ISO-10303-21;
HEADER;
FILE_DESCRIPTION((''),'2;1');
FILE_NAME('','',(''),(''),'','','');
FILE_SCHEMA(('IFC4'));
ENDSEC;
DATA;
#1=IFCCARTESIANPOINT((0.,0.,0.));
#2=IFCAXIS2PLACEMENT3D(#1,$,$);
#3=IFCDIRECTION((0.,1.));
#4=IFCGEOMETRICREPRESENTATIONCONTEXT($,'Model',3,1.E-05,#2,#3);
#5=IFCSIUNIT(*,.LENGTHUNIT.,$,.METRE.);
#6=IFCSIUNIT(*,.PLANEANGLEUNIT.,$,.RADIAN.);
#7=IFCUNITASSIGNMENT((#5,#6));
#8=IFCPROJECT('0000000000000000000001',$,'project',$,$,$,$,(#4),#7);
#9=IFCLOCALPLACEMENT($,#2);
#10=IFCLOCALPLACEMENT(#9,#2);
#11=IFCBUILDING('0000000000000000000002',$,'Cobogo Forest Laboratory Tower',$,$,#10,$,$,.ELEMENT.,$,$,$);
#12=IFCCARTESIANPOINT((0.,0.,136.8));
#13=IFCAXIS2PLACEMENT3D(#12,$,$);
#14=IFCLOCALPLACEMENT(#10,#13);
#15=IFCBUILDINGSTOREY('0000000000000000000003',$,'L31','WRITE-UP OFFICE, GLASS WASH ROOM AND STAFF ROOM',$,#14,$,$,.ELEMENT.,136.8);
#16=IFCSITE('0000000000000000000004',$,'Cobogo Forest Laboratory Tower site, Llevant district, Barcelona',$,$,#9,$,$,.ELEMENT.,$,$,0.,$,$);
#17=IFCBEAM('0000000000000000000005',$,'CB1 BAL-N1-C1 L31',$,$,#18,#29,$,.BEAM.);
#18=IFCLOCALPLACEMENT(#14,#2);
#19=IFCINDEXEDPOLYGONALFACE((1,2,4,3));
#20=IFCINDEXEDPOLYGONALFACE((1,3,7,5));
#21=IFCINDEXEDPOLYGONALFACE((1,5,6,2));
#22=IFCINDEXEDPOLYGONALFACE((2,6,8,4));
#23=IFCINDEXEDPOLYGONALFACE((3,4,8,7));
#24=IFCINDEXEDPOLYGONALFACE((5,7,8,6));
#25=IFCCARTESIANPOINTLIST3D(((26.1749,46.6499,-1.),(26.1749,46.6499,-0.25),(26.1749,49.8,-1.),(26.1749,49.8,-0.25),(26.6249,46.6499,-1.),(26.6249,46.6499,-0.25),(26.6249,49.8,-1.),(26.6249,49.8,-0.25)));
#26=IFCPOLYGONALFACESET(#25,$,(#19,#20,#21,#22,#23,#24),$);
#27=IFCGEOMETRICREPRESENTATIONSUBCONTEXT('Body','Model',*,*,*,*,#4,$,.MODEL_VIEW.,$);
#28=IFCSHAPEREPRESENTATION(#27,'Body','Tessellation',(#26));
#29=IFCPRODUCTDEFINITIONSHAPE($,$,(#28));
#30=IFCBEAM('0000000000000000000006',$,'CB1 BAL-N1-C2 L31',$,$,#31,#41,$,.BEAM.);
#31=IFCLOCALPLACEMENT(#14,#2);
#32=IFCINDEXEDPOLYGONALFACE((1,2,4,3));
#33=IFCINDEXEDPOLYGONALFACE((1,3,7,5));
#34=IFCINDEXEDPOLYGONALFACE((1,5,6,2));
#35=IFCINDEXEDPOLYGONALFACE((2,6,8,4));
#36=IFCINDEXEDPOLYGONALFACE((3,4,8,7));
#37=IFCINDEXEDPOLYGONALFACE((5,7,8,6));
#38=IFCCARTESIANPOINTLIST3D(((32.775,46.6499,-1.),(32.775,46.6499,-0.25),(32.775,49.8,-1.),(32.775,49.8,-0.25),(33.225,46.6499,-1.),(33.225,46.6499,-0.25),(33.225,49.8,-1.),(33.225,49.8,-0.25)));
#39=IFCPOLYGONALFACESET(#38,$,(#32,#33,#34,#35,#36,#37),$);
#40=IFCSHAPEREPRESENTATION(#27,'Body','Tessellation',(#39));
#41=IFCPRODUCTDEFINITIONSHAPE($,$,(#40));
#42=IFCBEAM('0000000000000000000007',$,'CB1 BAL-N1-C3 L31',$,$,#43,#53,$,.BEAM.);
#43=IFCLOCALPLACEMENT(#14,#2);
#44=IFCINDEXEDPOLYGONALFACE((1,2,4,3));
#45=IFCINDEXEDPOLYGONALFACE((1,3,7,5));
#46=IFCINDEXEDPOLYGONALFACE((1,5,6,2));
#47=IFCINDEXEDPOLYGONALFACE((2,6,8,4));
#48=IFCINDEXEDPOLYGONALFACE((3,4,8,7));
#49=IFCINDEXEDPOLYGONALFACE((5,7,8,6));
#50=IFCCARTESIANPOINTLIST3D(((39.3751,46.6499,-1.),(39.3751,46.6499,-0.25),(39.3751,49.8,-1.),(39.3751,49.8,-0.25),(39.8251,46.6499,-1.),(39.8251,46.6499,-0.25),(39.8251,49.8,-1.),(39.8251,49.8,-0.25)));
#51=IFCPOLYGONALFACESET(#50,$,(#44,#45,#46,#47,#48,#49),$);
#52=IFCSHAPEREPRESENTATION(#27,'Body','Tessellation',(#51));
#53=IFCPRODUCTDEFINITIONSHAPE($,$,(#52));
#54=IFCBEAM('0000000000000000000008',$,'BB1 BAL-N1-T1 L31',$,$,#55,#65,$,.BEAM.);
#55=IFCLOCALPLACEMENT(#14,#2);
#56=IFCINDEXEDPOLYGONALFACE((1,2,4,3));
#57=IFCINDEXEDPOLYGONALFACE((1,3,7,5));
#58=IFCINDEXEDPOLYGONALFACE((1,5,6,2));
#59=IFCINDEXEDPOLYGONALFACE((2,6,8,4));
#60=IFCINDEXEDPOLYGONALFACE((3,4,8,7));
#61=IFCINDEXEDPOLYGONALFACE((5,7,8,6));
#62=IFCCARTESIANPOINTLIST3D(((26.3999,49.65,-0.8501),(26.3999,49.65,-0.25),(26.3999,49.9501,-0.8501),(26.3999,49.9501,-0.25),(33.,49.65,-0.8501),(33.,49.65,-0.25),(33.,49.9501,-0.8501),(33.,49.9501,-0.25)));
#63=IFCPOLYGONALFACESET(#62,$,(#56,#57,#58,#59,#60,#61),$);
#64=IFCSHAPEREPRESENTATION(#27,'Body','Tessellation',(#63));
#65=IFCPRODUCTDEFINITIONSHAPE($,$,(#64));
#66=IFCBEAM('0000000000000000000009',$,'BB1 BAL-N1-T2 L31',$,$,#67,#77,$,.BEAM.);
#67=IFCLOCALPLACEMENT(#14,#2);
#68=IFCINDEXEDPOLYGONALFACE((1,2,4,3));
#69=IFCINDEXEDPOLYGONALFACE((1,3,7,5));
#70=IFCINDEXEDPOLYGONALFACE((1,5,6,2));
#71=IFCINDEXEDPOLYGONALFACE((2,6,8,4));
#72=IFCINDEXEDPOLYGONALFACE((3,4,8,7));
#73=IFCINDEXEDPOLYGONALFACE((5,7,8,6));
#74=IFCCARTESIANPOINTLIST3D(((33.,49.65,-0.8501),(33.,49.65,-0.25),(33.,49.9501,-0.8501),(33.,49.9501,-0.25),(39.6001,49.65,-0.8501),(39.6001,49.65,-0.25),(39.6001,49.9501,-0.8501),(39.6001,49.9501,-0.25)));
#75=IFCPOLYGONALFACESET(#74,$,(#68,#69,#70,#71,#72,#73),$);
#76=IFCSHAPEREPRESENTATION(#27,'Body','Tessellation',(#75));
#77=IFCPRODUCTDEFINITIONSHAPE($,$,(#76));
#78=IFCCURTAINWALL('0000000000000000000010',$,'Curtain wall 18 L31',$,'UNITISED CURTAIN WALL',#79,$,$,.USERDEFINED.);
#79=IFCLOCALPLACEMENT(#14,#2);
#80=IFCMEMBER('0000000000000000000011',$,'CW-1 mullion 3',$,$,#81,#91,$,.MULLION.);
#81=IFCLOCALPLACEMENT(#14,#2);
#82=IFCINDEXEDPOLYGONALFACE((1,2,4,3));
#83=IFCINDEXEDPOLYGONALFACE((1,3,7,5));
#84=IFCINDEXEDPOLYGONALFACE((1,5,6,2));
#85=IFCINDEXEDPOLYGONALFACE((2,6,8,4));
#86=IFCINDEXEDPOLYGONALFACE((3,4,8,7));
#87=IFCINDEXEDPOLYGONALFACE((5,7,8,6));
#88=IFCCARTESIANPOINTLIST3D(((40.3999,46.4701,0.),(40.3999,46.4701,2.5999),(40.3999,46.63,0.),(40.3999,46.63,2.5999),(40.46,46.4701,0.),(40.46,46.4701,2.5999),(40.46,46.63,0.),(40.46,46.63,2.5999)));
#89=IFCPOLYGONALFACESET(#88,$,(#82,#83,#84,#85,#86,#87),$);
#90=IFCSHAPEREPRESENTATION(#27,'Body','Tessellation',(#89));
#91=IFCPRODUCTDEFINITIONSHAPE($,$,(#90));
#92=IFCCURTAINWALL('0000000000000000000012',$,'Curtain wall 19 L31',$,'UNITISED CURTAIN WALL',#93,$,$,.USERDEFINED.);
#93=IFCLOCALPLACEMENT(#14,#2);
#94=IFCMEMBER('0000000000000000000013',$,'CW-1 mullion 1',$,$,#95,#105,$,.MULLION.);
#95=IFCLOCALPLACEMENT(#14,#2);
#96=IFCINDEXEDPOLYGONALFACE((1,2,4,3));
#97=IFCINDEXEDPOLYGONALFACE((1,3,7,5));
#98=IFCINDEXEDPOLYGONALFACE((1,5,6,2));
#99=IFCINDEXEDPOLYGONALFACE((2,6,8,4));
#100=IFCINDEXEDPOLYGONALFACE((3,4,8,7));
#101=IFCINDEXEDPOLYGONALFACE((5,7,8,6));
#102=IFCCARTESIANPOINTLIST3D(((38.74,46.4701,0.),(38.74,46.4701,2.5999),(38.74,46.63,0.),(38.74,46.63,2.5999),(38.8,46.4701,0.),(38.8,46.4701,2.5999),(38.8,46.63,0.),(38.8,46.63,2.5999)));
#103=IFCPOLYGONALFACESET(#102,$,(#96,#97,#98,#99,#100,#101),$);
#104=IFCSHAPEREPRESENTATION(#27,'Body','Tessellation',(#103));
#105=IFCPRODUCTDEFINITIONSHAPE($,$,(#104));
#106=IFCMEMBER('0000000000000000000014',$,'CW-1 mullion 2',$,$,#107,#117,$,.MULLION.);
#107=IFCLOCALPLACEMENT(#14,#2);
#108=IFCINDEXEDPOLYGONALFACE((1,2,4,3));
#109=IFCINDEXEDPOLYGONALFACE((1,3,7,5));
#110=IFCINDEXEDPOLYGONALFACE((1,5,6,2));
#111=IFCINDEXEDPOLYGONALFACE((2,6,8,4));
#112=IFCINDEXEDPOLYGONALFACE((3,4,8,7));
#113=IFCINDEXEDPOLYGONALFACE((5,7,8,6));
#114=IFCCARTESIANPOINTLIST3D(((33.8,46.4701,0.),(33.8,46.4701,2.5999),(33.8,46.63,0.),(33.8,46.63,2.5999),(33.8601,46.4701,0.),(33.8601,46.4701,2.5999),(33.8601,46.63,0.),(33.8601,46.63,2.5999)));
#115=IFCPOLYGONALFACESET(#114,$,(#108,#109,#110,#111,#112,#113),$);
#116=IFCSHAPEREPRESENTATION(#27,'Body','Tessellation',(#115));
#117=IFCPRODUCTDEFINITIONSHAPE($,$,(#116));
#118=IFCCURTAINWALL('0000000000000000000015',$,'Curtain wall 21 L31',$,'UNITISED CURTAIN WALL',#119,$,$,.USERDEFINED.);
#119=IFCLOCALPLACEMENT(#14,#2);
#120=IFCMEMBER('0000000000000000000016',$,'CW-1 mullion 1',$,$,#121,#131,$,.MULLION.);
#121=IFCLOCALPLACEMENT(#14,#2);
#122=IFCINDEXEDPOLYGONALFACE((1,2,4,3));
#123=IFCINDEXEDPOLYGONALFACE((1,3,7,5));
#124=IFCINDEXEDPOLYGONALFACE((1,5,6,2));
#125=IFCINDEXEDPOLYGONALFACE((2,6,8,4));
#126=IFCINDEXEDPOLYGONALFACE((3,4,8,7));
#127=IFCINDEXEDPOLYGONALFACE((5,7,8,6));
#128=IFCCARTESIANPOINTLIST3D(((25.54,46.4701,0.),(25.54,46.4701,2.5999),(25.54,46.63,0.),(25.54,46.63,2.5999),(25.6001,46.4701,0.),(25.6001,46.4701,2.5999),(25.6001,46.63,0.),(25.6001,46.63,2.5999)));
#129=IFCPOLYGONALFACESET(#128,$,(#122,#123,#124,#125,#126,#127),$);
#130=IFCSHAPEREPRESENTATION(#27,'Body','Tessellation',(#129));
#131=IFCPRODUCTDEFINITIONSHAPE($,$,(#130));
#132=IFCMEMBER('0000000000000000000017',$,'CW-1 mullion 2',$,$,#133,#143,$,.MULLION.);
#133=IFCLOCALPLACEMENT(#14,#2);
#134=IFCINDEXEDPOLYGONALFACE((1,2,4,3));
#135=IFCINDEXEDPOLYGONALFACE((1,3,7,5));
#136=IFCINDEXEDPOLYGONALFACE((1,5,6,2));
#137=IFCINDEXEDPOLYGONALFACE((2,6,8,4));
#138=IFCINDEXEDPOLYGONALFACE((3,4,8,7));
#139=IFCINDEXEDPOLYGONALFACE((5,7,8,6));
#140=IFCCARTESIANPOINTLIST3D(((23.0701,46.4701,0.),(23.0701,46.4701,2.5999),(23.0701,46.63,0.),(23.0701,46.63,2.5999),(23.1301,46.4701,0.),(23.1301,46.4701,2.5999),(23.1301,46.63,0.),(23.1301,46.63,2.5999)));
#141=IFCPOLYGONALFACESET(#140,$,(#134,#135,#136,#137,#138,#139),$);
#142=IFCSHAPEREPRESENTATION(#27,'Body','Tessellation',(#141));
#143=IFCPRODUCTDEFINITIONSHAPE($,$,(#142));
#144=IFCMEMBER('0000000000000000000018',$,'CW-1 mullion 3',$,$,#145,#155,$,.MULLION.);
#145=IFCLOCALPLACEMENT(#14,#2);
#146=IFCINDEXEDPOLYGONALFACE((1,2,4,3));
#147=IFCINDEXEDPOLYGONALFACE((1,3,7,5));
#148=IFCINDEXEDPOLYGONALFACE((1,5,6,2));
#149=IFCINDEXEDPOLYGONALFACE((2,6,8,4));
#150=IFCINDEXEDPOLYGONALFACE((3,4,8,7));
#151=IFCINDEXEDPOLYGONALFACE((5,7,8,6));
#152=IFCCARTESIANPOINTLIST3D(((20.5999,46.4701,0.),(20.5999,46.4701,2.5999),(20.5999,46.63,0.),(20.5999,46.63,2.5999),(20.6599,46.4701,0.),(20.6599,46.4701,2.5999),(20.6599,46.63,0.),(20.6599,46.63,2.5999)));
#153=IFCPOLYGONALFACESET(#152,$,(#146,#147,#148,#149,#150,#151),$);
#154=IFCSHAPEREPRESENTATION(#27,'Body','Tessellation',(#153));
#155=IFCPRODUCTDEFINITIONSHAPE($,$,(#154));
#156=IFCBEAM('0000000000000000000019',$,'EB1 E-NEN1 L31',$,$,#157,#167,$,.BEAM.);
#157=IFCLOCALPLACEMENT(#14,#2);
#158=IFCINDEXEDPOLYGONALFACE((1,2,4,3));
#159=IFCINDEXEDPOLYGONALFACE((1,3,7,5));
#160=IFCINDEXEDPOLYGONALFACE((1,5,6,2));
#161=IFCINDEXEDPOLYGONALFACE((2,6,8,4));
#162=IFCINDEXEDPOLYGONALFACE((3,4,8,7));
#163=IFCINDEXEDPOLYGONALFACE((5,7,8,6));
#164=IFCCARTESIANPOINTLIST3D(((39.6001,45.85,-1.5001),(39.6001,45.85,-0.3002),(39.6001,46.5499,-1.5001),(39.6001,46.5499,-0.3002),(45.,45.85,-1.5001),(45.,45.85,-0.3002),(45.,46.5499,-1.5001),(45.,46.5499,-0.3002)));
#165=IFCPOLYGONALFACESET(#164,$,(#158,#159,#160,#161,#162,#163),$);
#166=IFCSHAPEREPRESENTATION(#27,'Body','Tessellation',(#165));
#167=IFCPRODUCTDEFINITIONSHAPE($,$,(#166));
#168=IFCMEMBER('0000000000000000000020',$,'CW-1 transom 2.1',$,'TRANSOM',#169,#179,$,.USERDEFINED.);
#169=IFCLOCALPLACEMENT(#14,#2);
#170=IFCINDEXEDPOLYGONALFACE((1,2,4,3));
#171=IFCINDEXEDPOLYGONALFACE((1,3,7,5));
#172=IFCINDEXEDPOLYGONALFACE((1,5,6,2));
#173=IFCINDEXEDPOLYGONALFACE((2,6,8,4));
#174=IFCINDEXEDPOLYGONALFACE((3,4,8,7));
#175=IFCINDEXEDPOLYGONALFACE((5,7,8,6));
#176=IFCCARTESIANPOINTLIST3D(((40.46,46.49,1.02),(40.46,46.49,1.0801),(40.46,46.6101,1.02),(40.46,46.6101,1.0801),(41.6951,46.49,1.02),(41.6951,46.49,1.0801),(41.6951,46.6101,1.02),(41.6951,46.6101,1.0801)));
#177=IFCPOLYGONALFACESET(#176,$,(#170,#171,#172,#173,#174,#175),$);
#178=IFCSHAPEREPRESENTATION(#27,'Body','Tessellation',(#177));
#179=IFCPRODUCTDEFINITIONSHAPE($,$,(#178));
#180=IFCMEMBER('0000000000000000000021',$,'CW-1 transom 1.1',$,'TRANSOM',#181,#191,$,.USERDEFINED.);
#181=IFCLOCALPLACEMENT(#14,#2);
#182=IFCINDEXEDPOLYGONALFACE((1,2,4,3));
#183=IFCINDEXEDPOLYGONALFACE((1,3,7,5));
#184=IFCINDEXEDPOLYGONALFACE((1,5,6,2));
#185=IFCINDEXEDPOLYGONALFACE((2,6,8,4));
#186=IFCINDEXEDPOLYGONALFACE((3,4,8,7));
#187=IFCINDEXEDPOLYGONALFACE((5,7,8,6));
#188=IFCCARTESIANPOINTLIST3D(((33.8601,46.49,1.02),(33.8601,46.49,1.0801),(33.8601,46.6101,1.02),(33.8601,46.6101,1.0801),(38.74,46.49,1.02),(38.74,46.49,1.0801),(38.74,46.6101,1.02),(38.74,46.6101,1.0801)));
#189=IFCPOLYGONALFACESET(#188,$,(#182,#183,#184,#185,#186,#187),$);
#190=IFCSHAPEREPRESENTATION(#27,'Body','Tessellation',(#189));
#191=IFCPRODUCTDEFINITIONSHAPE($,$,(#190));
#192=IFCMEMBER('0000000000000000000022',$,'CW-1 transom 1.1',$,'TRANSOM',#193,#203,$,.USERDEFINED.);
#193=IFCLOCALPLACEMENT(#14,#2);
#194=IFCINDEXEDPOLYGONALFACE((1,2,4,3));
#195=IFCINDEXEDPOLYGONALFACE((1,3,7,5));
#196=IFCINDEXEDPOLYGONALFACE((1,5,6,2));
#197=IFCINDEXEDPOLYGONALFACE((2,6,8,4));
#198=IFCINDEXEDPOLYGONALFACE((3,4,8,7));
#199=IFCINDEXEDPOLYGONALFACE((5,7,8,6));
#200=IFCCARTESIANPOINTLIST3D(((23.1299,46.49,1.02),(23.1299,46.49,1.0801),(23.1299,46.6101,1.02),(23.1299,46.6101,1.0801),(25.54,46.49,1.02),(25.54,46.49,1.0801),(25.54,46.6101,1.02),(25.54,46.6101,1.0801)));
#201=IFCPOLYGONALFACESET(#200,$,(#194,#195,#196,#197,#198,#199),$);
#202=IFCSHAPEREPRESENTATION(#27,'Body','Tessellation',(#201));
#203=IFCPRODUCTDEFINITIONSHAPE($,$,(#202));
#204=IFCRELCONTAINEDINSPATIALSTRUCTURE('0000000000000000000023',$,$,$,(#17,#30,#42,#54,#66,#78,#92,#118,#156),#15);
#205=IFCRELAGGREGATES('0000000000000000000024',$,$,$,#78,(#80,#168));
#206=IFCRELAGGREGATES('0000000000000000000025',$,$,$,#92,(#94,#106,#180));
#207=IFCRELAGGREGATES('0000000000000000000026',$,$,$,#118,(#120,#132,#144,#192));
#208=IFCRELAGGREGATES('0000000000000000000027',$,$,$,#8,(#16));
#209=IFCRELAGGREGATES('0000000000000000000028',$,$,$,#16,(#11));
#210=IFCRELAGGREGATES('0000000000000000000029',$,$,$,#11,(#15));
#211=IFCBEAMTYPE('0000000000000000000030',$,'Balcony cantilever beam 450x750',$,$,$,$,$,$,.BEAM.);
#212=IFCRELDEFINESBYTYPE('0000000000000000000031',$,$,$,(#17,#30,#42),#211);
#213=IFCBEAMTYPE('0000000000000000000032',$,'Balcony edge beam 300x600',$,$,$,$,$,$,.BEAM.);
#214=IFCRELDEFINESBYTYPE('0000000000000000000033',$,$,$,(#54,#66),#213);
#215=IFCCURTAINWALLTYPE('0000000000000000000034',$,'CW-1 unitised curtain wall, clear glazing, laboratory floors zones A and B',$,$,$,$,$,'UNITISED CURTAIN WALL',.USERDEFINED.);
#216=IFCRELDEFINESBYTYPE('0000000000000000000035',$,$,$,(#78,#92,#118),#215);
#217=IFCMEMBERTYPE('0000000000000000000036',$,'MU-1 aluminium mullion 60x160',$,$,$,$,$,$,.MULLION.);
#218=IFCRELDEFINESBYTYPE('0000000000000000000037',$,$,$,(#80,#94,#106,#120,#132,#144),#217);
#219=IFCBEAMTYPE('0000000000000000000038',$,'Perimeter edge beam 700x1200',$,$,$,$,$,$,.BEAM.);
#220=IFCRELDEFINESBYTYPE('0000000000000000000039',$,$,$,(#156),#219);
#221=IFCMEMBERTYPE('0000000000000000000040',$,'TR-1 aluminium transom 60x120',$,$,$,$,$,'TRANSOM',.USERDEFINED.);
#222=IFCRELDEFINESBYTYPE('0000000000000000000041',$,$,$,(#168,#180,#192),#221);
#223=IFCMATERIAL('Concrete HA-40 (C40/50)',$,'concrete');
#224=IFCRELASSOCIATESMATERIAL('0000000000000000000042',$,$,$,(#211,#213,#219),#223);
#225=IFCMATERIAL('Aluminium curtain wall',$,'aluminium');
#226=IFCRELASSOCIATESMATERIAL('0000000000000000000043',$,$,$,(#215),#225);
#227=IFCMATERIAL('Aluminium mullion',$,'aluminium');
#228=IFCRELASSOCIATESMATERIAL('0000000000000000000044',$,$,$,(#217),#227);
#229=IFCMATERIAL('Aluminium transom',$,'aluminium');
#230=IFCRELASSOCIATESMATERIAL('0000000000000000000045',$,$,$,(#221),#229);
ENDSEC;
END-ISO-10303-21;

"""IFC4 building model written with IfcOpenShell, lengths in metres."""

from ifc_helpers import new_model, si_unit, direction, frame, origin, origin_2d, place, context, subcontext, project, spatial, rectangle, extrude, material, material_profile, profile_set, type_object, element, aggregate, save


model = new_model("IFC4")

# Units and contexts
model_context = context("Model", 3, precision=1e-05, world=origin(), true_north=direction((0.0, 1.0)))
body_context = subcontext(model_context, "Body", "Model", "MODEL_VIEW")
ifc_project = project(units=[si_unit("LENGTHUNIT", "METRE"), si_unit("PLANEANGLEUNIT", "RADIAN")], contexts=[model_context])

# Site, building, storey
site_placement = place(None, origin())
site = spatial("IfcSite", under=ifc_project, at=site_placement, Name="Cobogo Forest Laboratory Tower site, Llevant district, Barcelona", CompositionType="ELEMENT", RefElevation=0.0)
building_placement = place(site_placement, origin())
building = spatial("IfcBuilding", under=site, at=building_placement, Name="Cobogo Forest Laboratory Tower", CompositionType="ELEMENT")
storey_placement = place(building_placement, frame((0.0, 0.0, 136.8)))
storey = spatial("IfcBuildingStorey", under=building, at=storey_placement, Name="L31", Description="WRITE-UP OFFICE, GLASS WASH ROOM AND STAFF ROOM", CompositionType="ELEMENT", Elevation=136.8)

# Beams
ifc_material_1 = material(Name="Concrete HA-40 (C40/50)", Category="concrete")
ifc_material_profile_1 = material_profile(ifc_material_1, rectangle(XDim=0.45, YDim=0.75, at=origin_2d()), Name="RC 450x750")
ifc_profile_set_1 = profile_set([ifc_material_profile_1], Name="Concrete HA-40 (C40/50)")
beam_type_1 = type_object("IfcBeamType", Name="Balcony cantilever beam 450x750", PredefinedType="BEAM", material=ifc_profile_set_1)
for number, where, z_axis, x_axis, name in (
    (1, (26.3999, 46.6499, -0.625), (0.0, 1.0, 0.0), (-1.0, 0.0, 0.0), "CB1 BAL-N1-C1 L31"),
    (2, (33.0, 46.6499, -0.625), (0.0, 1.0, 0.0), (-1.0, 0.0, 0.0), "CB1 BAL-N1-C2 L31"),
    (3, (39.6001, 46.6499, -0.625), (0.0, 1.0, 0.0), (-1.0, 0.0, 0.0), "CB1 BAL-N1-C3 L31"),
):
    element("IfcBeam", number, at=place(storey_placement, frame(where, z_axis=z_axis, x_axis=x_axis)), inside=storey, type_object=beam_type_1, Name=name, PredefinedType="BEAM", context=body_context, shape_type="SweptSolid", body=[
        extrude(rectangle(XDim=0.45, YDim=0.75, at=origin_2d()), origin(), (0.0, 0.0, 1.0), 3.1501),
    ])
ifc_material_profile_2 = material_profile(ifc_material_1, rectangle(XDim=0.3, YDim=0.6001, at=origin_2d()), Name="RC 300x600")
ifc_profile_set_2 = profile_set([ifc_material_profile_2], Name="Concrete HA-40 (C40/50)")
beam_type_2 = type_object("IfcBeamType", Name="Balcony edge beam 300x600", PredefinedType="BEAM", material=ifc_profile_set_2)
for number, where, z_axis, x_axis, name in (
    (4, (26.3999, 49.8, -0.55), (1.0, 0.0, 0.0), (0.0, 1.0, 0.0), "BB1 BAL-N1-T1 L31"),
    (5, (33.0, 49.8, -0.55), (1.0, 0.0, 0.0), (0.0, 1.0, 0.0), "BB1 BAL-N1-T2 L31"),
):
    element("IfcBeam", number, at=place(storey_placement, frame(where, z_axis=z_axis, x_axis=x_axis)), inside=storey, type_object=beam_type_2, Name=name, PredefinedType="BEAM", context=body_context, shape_type="SweptSolid", body=[
        extrude(rectangle(XDim=0.3, YDim=0.6001, at=origin_2d()), origin(), (0.0, 0.0, 1.0), 6.6001),
    ])

# Curtain wall, member
ifc_material_2 = material(Name="Aluminium curtain wall", Category="aluminium")
curtain_wall_type = type_object("IfcCurtainWallType", Name="CW-1 unitised curtain wall, clear glazing, laboratory floors zones A and B", ElementType="UNITISED CURTAIN WALL", PredefinedType="USERDEFINED", material=ifc_material_2)
curtain_wall_1_placement = place(storey_placement, origin())
curtain_wall_1 = element("IfcCurtainWall", 6, at=curtain_wall_1_placement, inside=storey, type_object=curtain_wall_type, Name="Curtain wall 18 L31", ObjectType="UNITISED CURTAIN WALL", PredefinedType="USERDEFINED")
ifc_material_3 = material(Name="Aluminium mullion", Category="aluminium")
ifc_material_profile_3 = material_profile(ifc_material_3, rectangle(XDim=0.0601, YDim=0.1599, at=origin_2d()), Name="AL 60x160")
ifc_profile_set_3 = profile_set([ifc_material_profile_3], Name="Aluminium mullion")
member_type_1 = type_object("IfcMemberType", Name="MU-1 aluminium mullion 60x160", PredefinedType="MULLION", material=ifc_profile_set_3)
member_1_placement = place(storey_placement, frame((40.4299, 46.55, 0.0), z_axis=(0.0, 0.0, 1.0), x_axis=(-1.0, 0.0, 0.0)))
member_1 = element("IfcMember", 7, at=member_1_placement, type_object=member_type_1, Name="CW-1 mullion 3", PredefinedType="MULLION", context=body_context, shape_type="SweptSolid", body=[
    extrude(rectangle(XDim=0.0601, YDim=0.1599, at=origin_2d()), origin(), (0.0, 0.0, 1.0), 2.5999),
])

# Curtain walls, members
curtain_wall_2_placement = place(storey_placement, origin())
curtain_wall_2 = element("IfcCurtainWall", 8, at=curtain_wall_2_placement, inside=storey, type_object=curtain_wall_type, Name="Curtain wall 19 L31", ObjectType="UNITISED CURTAIN WALL", PredefinedType="USERDEFINED")
member_2_placement = place(storey_placement, frame((38.77, 46.55, 0.0), z_axis=(0.0, 0.0, 1.0), x_axis=(-1.0, 0.0, 0.0)))
member_2 = element("IfcMember", 9, at=member_2_placement, type_object=member_type_1, Name="CW-1 mullion 1", PredefinedType="MULLION", context=body_context, shape_type="SweptSolid", body=[
    extrude(rectangle(XDim=0.0601, YDim=0.1599, at=origin_2d()), origin(), (0.0, 0.0, 1.0), 2.5999),
])
member_3_placement = place(storey_placement, frame((33.8301, 46.55, 0.0), z_axis=(0.0, 0.0, 1.0), x_axis=(-1.0, 0.0, 0.0)))
member_3 = element("IfcMember", 10, at=member_3_placement, type_object=member_type_1, Name="CW-1 mullion 2", PredefinedType="MULLION", context=body_context, shape_type="SweptSolid", body=[
    extrude(rectangle(XDim=0.0601, YDim=0.1599, at=origin_2d()), origin(), (0.0, 0.0, 1.0), 2.5999),
])
curtain_wall_3_placement = place(storey_placement, origin())
curtain_wall_3 = element("IfcCurtainWall", 11, at=curtain_wall_3_placement, inside=storey, type_object=curtain_wall_type, Name="Curtain wall 21 L31", ObjectType="UNITISED CURTAIN WALL", PredefinedType="USERDEFINED")
member_4_placement = place(storey_placement, frame((25.5701, 46.55, 0.0), z_axis=(0.0, 0.0, 1.0), x_axis=(-1.0, 0.0, 0.0)))
member_4 = element("IfcMember", 12, at=member_4_placement, type_object=member_type_1, Name="CW-1 mullion 1", PredefinedType="MULLION", context=body_context, shape_type="SweptSolid", body=[
    extrude(rectangle(XDim=0.0601, YDim=0.1599, at=origin_2d()), origin(), (0.0, 0.0, 1.0), 2.5999),
])
member_5_placement = place(storey_placement, frame((23.1001, 46.55, 0.0), z_axis=(0.0, 0.0, 1.0), x_axis=(-1.0, 0.0, 0.0)))
member_5 = element("IfcMember", 13, at=member_5_placement, type_object=member_type_1, Name="CW-1 mullion 2", PredefinedType="MULLION", context=body_context, shape_type="SweptSolid", body=[
    extrude(rectangle(XDim=0.0601, YDim=0.1599, at=origin_2d()), origin(), (0.0, 0.0, 1.0), 2.5999),
])
member_6_placement = place(storey_placement, frame((20.6299, 46.55, 0.0), z_axis=(0.0, 0.0, 1.0), x_axis=(-1.0, 0.0, 0.0)))
member_6 = element("IfcMember", 14, at=member_6_placement, type_object=member_type_1, Name="CW-1 mullion 3", PredefinedType="MULLION", context=body_context, shape_type="SweptSolid", body=[
    extrude(rectangle(XDim=0.0601, YDim=0.1599, at=origin_2d()), origin(), (0.0, 0.0, 1.0), 2.5999),
])

# Beam
ifc_material_profile_4 = material_profile(ifc_material_1, rectangle(XDim=0.7, YDim=1.2, at=origin_2d()), Name="RC 700x1200")
ifc_profile_set_4 = profile_set([ifc_material_profile_4], Name="Concrete HA-40 (C40/50)")
beam_type_3 = type_object("IfcBeamType", Name="Perimeter edge beam 700x1200", PredefinedType="BEAM", material=ifc_profile_set_4)
beam_placement = place(storey_placement, frame((39.6001, 46.2, -0.9001), z_axis=(1.0, 0.0, 0.0), x_axis=(0.0, 1.0, 0.0)))
element("IfcBeam", 15, at=beam_placement, inside=storey, type_object=beam_type_3, Name="EB1 E-NEN1 L31", PredefinedType="BEAM", context=body_context, shape_type="SweptSolid", body=[
    extrude(rectangle(XDim=0.7, YDim=1.2, at=origin_2d()), origin(), (0.0, 0.0, 1.0), 5.3999),
])

# Members
ifc_material_4 = material(Name="Aluminium transom", Category="aluminium")
ifc_material_profile_5 = material_profile(ifc_material_4, rectangle(XDim=0.1201, YDim=0.0601, at=origin_2d()), Name="AL 60x120")
ifc_profile_set_5 = profile_set([ifc_material_profile_5], Name="Aluminium transom")
member_type_2 = type_object("IfcMemberType", Name="TR-1 aluminium transom 60x120", ElementType="TRANSOM", PredefinedType="USERDEFINED", material=ifc_profile_set_5)
member_7_placement = place(storey_placement, frame((41.6951, 46.55, 1.05), z_axis=(-1.0, 0.0, 0.0), x_axis=(0.0, -1.0, 0.0)))
member_7 = element("IfcMember", 16, at=member_7_placement, type_object=member_type_2, Name="CW-1 transom 2.1", ObjectType="TRANSOM", PredefinedType="USERDEFINED", context=body_context, shape_type="SweptSolid", body=[
    extrude(rectangle(XDim=0.1201, YDim=0.0601, at=origin_2d()), origin(), (0.0, 0.0, 1.0), 1.2351),
])
member_8_placement = place(storey_placement, frame((38.74, 46.55, 1.05), z_axis=(-1.0, 0.0, 0.0), x_axis=(0.0, -1.0, 0.0)))
member_8 = element("IfcMember", 17, at=member_8_placement, type_object=member_type_2, Name="CW-1 transom 1.1", ObjectType="TRANSOM", PredefinedType="USERDEFINED", context=body_context, shape_type="SweptSolid", body=[
    extrude(rectangle(XDim=0.1201, YDim=0.0601, at=origin_2d()), origin(), (0.0, 0.0, 1.0), 4.8799),
])
member_9_placement = place(storey_placement, frame((25.54, 46.55, 1.05), z_axis=(-1.0, 0.0, 0.0), x_axis=(0.0, -1.0, 0.0)))
member_9 = element("IfcMember", 18, at=member_9_placement, type_object=member_type_2, Name="CW-1 transom 1.1", ObjectType="TRANSOM", PredefinedType="USERDEFINED", context=body_context, shape_type="SweptSolid", body=[
    extrude(rectangle(XDim=0.1201, YDim=0.0601, at=origin_2d()), origin(), (0.0, 0.0, 1.0), 2.4102),
])

aggregate(curtain_wall_1, [member_1, member_7])
aggregate(curtain_wall_2, [member_2, member_3, member_8])
aggregate(curtain_wall_3, [member_4, member_5, member_6, member_9])

save(model, "model.ifc")
